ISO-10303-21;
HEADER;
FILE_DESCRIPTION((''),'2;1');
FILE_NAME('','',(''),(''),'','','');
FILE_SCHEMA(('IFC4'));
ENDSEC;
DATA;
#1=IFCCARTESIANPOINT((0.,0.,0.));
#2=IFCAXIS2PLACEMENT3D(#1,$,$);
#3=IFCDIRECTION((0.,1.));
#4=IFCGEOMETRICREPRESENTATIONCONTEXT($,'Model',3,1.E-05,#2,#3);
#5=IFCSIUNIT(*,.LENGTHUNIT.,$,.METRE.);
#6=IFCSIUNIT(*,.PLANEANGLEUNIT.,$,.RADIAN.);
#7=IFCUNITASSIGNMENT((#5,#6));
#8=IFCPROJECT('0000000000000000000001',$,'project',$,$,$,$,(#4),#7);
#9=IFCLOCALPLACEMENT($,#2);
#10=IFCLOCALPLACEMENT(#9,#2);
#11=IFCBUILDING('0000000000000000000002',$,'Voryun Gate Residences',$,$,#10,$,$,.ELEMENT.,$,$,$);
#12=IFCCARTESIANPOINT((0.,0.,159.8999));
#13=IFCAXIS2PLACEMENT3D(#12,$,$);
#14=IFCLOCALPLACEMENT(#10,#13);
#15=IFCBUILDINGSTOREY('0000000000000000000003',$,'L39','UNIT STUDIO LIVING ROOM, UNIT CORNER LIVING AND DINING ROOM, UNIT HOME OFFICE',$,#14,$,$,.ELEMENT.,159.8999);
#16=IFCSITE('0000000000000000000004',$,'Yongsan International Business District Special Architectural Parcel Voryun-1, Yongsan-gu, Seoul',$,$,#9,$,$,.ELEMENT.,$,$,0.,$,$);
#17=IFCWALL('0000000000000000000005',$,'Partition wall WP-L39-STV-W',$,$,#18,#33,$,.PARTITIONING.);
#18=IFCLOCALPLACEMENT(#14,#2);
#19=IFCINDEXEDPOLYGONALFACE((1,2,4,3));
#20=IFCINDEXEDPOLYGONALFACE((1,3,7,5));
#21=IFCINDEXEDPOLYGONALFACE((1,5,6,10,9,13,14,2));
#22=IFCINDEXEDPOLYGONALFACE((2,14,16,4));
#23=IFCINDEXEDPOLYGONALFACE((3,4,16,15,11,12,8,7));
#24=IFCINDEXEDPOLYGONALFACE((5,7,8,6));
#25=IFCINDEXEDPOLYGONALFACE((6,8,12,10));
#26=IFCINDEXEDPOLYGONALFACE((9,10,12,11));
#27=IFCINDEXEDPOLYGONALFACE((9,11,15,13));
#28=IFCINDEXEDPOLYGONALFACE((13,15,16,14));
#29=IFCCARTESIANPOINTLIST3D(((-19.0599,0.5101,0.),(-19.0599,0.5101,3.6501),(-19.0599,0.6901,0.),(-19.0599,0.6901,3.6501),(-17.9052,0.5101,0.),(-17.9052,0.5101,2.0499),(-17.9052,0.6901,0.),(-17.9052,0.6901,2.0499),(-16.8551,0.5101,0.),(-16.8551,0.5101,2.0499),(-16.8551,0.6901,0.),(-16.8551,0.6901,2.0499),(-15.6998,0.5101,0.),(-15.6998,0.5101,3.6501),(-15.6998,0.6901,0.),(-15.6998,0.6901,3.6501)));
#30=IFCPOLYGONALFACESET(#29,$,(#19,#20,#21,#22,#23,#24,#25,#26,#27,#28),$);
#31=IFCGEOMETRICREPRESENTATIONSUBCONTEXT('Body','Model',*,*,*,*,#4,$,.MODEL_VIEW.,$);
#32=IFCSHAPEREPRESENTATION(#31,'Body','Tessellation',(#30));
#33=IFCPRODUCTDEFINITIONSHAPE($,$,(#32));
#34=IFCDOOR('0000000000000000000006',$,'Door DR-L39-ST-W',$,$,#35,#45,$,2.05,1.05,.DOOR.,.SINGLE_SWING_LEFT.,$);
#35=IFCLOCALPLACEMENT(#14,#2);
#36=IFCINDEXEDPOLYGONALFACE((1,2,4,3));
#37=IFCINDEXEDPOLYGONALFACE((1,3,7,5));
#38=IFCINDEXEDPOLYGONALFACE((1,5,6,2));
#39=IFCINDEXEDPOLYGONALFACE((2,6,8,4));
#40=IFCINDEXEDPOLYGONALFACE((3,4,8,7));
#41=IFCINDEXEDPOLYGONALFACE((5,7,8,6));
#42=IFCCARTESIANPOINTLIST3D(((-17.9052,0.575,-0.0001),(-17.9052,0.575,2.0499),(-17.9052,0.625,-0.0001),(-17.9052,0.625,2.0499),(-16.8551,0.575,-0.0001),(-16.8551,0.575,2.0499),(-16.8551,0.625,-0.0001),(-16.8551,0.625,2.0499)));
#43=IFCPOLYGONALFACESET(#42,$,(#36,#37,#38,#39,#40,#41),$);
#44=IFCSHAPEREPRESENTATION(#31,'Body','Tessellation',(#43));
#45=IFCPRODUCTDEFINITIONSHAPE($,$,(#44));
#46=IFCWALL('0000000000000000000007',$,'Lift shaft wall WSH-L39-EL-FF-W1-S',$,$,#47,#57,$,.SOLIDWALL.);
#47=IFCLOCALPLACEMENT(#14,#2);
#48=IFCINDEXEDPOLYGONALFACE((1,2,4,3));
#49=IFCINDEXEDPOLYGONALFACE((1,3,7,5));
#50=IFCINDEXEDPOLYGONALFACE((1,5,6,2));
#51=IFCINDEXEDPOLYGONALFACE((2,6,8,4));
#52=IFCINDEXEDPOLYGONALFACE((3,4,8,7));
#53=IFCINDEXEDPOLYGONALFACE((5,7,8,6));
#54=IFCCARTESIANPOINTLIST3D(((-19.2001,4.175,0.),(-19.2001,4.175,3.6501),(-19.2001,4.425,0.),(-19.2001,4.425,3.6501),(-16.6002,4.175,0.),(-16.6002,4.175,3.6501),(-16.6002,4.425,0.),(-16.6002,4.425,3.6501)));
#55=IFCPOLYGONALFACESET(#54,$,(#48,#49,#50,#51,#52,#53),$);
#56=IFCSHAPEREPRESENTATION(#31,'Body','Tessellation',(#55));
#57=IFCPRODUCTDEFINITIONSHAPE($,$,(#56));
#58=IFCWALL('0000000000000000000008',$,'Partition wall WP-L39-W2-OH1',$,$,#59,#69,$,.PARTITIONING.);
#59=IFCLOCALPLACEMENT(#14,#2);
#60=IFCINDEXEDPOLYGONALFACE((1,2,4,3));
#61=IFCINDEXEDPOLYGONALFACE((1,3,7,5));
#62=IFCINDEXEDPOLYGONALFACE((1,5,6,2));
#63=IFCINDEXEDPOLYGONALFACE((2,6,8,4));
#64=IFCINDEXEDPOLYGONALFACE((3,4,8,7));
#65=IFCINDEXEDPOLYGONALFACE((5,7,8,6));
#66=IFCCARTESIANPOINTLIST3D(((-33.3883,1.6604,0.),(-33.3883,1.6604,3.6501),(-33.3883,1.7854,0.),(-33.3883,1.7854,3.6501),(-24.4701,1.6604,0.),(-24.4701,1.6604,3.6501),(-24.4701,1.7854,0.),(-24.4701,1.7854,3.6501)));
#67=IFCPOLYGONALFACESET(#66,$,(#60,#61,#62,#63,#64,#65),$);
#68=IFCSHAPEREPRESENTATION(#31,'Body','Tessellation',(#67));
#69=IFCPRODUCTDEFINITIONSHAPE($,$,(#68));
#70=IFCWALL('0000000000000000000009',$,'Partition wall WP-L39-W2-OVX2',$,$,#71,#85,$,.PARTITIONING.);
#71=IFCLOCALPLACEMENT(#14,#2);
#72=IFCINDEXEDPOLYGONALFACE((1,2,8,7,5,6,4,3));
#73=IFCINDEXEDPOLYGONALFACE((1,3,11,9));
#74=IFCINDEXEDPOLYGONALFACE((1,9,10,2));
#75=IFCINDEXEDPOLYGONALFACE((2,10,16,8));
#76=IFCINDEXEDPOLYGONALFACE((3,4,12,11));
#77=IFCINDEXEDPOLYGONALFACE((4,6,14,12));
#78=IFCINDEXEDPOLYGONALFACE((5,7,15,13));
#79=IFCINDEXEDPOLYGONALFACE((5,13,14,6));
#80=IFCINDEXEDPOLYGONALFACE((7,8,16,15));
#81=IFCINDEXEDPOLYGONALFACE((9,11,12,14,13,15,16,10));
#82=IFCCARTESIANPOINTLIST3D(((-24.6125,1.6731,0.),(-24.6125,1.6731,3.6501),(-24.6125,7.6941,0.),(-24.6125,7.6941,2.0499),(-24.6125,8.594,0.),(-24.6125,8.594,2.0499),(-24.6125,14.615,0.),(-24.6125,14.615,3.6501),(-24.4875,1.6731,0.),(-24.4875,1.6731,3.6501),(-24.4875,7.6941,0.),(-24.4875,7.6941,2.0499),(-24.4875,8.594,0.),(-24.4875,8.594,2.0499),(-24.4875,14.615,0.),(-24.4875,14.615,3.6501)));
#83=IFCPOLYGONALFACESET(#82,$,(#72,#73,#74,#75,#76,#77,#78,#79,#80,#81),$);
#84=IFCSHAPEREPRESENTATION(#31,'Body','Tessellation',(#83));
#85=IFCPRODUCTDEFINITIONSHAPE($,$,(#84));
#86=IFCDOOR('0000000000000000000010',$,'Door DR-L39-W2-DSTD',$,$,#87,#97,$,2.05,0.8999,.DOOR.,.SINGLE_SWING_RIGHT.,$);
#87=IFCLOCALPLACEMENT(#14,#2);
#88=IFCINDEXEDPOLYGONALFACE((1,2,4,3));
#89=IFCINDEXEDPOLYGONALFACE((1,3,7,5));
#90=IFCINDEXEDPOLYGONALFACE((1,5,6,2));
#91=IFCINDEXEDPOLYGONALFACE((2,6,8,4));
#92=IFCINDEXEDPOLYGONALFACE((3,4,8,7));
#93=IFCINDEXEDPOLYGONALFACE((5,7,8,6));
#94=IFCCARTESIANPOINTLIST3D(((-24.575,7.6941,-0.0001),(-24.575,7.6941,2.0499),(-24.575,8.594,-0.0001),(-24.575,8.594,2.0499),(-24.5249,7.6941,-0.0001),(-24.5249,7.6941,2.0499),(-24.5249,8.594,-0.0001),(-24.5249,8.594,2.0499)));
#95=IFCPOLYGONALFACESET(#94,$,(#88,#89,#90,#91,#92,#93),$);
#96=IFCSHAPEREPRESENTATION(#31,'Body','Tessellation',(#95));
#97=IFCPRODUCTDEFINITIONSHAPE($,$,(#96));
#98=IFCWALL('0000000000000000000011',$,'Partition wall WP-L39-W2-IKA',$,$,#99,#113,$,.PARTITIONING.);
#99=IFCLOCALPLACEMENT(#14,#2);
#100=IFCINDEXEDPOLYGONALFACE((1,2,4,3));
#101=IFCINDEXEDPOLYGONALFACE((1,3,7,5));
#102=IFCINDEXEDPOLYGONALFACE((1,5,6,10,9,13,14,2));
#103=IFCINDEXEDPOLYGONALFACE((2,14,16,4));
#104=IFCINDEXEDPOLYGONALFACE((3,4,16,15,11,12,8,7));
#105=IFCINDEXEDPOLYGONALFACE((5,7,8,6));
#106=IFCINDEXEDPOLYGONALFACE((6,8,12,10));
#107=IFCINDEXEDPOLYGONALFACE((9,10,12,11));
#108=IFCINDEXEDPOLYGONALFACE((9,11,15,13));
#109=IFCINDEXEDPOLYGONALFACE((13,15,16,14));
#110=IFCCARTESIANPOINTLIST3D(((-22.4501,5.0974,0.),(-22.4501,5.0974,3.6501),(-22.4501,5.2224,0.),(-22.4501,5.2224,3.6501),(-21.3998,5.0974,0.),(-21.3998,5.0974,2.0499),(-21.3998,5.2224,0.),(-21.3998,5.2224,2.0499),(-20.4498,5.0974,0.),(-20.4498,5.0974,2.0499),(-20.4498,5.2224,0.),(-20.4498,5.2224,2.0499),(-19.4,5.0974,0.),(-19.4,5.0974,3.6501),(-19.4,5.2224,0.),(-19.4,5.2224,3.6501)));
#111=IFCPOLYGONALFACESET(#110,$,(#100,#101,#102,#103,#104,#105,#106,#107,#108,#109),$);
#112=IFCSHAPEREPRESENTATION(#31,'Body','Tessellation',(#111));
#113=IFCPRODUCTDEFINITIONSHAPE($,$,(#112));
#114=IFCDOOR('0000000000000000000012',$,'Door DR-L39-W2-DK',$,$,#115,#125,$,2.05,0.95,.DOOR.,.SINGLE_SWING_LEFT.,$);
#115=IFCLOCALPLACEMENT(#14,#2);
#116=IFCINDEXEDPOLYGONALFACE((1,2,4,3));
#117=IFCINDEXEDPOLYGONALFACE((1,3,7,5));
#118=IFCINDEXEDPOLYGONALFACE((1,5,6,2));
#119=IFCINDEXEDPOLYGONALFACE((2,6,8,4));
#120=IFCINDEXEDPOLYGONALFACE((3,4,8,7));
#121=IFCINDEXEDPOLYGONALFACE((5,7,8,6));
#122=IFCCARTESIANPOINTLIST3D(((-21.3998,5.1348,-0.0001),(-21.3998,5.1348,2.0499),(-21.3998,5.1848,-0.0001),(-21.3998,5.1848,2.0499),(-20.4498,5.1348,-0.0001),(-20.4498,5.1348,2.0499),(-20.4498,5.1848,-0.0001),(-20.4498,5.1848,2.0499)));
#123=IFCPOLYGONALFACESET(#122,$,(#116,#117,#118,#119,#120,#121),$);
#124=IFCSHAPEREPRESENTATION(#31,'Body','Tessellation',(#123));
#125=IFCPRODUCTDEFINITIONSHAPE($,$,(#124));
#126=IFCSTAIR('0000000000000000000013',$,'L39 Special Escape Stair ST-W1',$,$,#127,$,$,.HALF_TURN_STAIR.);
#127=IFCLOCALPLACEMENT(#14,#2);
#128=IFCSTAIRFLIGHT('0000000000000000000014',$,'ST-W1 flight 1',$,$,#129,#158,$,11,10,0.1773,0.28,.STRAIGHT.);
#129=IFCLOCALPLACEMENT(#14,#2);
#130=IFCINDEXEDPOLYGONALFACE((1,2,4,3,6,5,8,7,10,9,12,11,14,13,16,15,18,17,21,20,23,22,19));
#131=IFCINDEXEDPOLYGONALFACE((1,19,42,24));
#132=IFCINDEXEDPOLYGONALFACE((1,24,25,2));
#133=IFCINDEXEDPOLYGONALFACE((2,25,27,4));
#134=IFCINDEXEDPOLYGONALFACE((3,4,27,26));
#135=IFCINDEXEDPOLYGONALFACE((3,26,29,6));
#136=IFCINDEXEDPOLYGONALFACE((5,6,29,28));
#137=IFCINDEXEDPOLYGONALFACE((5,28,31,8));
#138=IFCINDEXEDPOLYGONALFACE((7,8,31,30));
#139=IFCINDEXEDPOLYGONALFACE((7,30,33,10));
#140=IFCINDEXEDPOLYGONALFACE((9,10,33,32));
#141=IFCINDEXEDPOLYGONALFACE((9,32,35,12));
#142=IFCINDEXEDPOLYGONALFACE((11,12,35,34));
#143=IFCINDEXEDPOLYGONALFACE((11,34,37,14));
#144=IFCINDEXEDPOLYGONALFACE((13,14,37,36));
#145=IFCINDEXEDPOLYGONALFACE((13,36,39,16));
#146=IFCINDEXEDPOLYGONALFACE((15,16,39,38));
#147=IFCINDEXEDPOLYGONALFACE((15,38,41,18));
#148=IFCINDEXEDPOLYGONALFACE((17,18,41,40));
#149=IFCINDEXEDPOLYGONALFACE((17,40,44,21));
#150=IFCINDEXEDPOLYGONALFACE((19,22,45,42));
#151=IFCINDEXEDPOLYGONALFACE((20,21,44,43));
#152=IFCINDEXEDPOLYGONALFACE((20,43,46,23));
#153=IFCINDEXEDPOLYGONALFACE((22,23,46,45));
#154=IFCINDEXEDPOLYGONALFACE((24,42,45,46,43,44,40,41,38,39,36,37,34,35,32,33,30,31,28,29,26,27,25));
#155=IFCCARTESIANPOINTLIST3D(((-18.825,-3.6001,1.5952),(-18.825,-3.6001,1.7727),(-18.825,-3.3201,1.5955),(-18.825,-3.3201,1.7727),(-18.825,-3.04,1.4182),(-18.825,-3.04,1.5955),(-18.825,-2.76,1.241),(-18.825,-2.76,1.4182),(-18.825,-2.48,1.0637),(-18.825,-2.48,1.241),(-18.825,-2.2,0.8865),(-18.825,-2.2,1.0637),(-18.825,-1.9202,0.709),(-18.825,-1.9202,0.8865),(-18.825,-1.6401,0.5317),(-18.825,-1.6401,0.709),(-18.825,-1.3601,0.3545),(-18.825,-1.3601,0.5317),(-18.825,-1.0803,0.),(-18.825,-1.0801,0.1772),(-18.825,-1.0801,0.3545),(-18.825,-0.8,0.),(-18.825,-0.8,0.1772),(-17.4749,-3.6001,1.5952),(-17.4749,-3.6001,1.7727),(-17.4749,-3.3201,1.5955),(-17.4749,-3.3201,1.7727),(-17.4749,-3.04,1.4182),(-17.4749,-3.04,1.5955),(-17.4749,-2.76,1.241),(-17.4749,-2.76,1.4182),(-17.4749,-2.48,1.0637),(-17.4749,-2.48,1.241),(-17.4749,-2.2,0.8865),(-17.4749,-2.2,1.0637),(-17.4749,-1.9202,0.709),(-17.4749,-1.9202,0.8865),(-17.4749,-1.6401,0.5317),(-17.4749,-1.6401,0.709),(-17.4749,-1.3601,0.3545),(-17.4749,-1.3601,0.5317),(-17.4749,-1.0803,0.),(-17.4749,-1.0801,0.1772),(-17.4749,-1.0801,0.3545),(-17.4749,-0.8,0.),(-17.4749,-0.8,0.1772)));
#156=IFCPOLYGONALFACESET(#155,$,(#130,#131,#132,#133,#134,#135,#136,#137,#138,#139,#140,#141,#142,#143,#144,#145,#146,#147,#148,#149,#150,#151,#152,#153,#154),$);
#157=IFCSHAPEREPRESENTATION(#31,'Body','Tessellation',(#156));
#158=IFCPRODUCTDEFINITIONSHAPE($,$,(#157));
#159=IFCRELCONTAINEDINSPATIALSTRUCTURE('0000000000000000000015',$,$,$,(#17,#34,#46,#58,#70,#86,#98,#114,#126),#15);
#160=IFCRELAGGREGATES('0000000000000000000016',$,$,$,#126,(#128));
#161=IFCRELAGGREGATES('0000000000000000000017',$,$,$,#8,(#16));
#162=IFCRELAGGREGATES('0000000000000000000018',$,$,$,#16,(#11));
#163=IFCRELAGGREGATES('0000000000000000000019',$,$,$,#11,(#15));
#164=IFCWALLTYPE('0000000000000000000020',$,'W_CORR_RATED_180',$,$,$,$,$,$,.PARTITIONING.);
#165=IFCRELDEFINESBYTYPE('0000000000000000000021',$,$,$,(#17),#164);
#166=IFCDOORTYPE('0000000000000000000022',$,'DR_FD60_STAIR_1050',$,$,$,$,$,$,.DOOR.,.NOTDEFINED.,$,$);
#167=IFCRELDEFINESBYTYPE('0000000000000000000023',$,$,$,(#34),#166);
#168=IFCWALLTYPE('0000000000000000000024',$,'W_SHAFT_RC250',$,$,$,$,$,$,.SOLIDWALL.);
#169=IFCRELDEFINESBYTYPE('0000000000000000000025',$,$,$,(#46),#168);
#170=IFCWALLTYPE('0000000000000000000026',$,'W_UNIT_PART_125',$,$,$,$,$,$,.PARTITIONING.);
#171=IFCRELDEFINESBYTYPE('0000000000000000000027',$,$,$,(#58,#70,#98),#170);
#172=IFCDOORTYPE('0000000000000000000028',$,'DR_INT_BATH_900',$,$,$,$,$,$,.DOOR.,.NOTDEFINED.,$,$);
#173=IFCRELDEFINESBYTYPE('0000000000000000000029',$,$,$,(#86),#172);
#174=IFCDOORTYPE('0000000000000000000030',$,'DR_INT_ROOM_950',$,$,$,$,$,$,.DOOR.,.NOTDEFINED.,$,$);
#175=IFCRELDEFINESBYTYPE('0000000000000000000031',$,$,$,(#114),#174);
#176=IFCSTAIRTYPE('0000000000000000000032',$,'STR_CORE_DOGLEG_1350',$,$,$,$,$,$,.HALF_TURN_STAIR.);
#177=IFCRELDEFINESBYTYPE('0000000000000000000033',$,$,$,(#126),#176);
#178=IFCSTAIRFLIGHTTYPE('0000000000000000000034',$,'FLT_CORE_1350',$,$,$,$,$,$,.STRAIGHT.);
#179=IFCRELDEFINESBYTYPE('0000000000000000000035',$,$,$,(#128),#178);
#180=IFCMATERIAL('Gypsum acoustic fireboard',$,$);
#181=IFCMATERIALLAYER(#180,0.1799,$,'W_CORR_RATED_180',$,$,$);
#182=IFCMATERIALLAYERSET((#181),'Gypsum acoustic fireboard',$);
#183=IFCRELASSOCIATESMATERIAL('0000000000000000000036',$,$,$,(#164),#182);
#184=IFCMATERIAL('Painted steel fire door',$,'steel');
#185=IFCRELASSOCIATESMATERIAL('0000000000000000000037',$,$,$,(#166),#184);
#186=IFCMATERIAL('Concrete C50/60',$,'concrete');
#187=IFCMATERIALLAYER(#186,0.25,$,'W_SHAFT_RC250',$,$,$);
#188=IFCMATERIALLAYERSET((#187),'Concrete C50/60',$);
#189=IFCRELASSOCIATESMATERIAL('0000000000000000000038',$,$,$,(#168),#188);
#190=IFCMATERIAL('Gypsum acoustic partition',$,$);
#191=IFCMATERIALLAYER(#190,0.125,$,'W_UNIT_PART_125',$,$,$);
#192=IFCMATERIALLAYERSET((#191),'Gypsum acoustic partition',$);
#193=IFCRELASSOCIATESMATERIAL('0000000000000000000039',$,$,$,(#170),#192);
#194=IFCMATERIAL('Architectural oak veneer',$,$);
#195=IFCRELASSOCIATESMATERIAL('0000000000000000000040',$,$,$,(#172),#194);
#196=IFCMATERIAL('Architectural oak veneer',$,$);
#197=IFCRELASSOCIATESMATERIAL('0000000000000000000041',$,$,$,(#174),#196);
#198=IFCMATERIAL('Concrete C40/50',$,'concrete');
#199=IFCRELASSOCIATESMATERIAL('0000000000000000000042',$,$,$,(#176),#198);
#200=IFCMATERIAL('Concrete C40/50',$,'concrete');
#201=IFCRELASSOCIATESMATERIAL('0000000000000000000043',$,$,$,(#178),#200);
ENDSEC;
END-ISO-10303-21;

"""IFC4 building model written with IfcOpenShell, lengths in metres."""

from ifc_helpers import new_model, si_unit, direction, frame, frame_2d, origin, place, context, subcontext, project, spatial, polyline, rectangle, outline, extrude, material, layer, layer_set, type_object, element, fill, aggregate, save


model = new_model("IFC4")

# Units and contexts
model_context = context("Model", 3, precision=1e-05, world=origin(), true_north=direction((0.0, 1.0)))
body_context = subcontext(model_context, "Body", "Model", "MODEL_VIEW")
ifc_project = project(units=[si_unit("LENGTHUNIT", "METRE"), si_unit("PLANEANGLEUNIT", "RADIAN")], contexts=[model_context])

# Site, building, storey
site_placement = place(None, origin())
site = spatial("IfcSite", under=ifc_project, at=site_placement, Name="Yongsan International Business District Special Architectural Parcel Voryun-1, Yongsan-gu, Seoul", CompositionType="ELEMENT", RefElevation=0.0)
building_placement = place(site_placement, origin())
building = spatial("IfcBuilding", under=site, at=building_placement, Name="Voryun Gate Residences", CompositionType="ELEMENT")
storey_placement = place(building_placement, frame((0.0, 0.0, 159.8999)))
storey = spatial("IfcBuildingStorey", under=building, at=storey_placement, Name="L39", Description="UNIT STUDIO LIVING ROOM, UNIT CORNER LIVING AND DINING ROOM, UNIT HOME OFFICE", CompositionType="ELEMENT", Elevation=159.8999)

# Wall, opening, door
ifc_material_1 = material(Name="Gypsum acoustic fireboard")
ifc_layer_1 = layer(ifc_material_1, 0.1799, Name="W_CORR_RATED_180")
ifc_layer_set_1 = layer_set([ifc_layer_1], Name="Gypsum acoustic fireboard")
wall_type_1 = type_object("IfcWallType", Name="W_CORR_RATED_180", PredefinedType="PARTITIONING", material=ifc_layer_set_1)
wall_1_placement = place(storey_placement, frame((-19.0601, 0.6001, 0.0), z_axis=(0.0, 0.0, 1.0), x_axis=(1.0, 0.0, 0.0)))
wall_1 = element("IfcWall", 1, at=wall_1_placement, inside=storey, type_object=wall_type_1, Name="Partition wall WP-L39-STV-W", PredefinedType="PARTITIONING", context=body_context, shape_type="SweptSolid", body=[
    extrude(rectangle(XDim=3.3601, YDim=0.1799, at=frame_2d((1.6802, 0.0))), origin(), (0.0, 0.0, 1.0), 3.6501),
])
opening_1_placement = place(wall_1_placement, frame((1.155, 0.0, 0.0)))
opening_1 = element("IfcOpeningElement", 2, at=opening_1_placement, cuts=wall_1, PredefinedType="OPENING", context=body_context, shape_type="SweptSolid", body=[
    extrude(rectangle(XDim=1.05, YDim=2.05, at=frame_2d((0.5249, 1.0249))), frame((0.0, 0.0999, 0.0), z_axis=(0.0, -1.0, 0.0), x_axis=(1.0, 0.0, 0.0)), (0.0, 0.0, 1.0), 0.2),
])
ifc_material_2 = material(Name="Painted steel fire door", Category="steel")
door_type_1 = type_object("IfcDoorType", Name="DR_FD60_STAIR_1050", OperationType="NOTDEFINED", PredefinedType="DOOR", material=ifc_material_2)
door_1_placement = place(opening_1_placement, origin())
door_1 = element("IfcDoor", 3, at=door_1_placement, inside=storey, type_object=door_type_1, Name="Door DR-L39-ST-W", OperationType="SINGLE_SWING_LEFT", OverallHeight=2.05, OverallWidth=1.05, PredefinedType="DOOR", context=body_context, shape_type="SweptSolid", body=[
    extrude(rectangle(XDim=1.05, YDim=2.05, at=frame_2d((0.5249, 1.0249))), frame((0.0, 0.0249, 0.0), z_axis=(0.0, -1.0, 0.0), x_axis=(1.0, 0.0, 0.0)), (0.0, 0.0, 1.0), 0.05),
])
fill(opening_1, door_1)

# Walls
ifc_material_3 = material(Name="Concrete C50/60", Category="concrete")
ifc_layer_2 = layer(ifc_material_3, 0.25, Name="W_SHAFT_RC250")
ifc_layer_set_2 = layer_set([ifc_layer_2], Name="Concrete C50/60")
wall_type_2 = type_object("IfcWallType", Name="W_SHAFT_RC250", PredefinedType="SOLIDWALL", material=ifc_layer_set_2)
wall_2_placement = place(storey_placement, frame((-19.2, 4.3, 0.0), z_axis=(0.0, 0.0, 1.0), x_axis=(1.0, 0.0, 0.0)))
element("IfcWall", 4, at=wall_2_placement, inside=storey, type_object=wall_type_2, Name="Lift shaft wall WSH-L39-EL-FF-W1-S", PredefinedType="SOLIDWALL", context=body_context, shape_type="SweptSolid", body=[
    extrude(rectangle(XDim=2.5999, YDim=0.25, at=frame_2d((1.2998, 0.0))), origin(), (0.0, 0.0, 1.0), 3.6501),
])
ifc_material_4 = material(Name="Gypsum acoustic partition")
ifc_layer_3 = layer(ifc_material_4, 0.125, Name="W_UNIT_PART_125")
ifc_layer_set_3 = layer_set([ifc_layer_3], Name="Gypsum acoustic partition")
wall_type_3 = type_object("IfcWallType", Name="W_UNIT_PART_125", PredefinedType="PARTITIONING", material=ifc_layer_set_3)
wall_3_placement = place(storey_placement, frame((-33.3882, 1.7229, 0.0), z_axis=(0.0, 0.0, 1.0), x_axis=(1.0, 0.0, 0.0)))
element("IfcWall", 5, at=wall_3_placement, inside=storey, type_object=wall_type_3, Name="Partition wall WP-L39-W2-OH1", PredefinedType="PARTITIONING", context=body_context, shape_type="SweptSolid", body=[
    extrude(rectangle(XDim=8.9182, YDim=0.125, at=frame_2d((4.459, 0.0))), origin(), (0.0, 0.0, 1.0), 3.6501),
])

# Walls, openings, doors
wall_4_placement = place(storey_placement, frame((-24.55, 1.6731, 0.0), z_axis=(0.0, 0.0, 1.0), x_axis=(0.0, 1.0, 0.0)))
wall_4 = element("IfcWall", 6, at=wall_4_placement, inside=storey, type_object=wall_type_3, Name="Partition wall WP-L39-W2-OVX2", PredefinedType="PARTITIONING", context=body_context, shape_type="SweptSolid", body=[
    extrude(rectangle(XDim=12.9419, YDim=0.125, at=frame_2d((6.4709, 0.0))), origin(), (0.0, 0.0, 1.0), 3.6501),
])
opening_2_placement = place(wall_4_placement, frame((6.021, 0.0, 0.0)))
opening_2 = element("IfcOpeningElement", 7, at=opening_2_placement, cuts=wall_4, PredefinedType="OPENING", context=body_context, shape_type="SweptSolid", body=[
    extrude(rectangle(XDim=0.8999, YDim=2.05, at=frame_2d((0.45, 1.0249))), frame((0.0, 0.0725, 0.0), z_axis=(0.0, -1.0, 0.0), x_axis=(1.0, 0.0, 0.0)), (0.0, 0.0, 1.0), 0.145),
])
ifc_material_5 = material(Name="Architectural oak veneer")
door_type_2 = type_object("IfcDoorType", Name="DR_INT_BATH_900", OperationType="NOTDEFINED", PredefinedType="DOOR", material=ifc_material_5)
door_2_placement = place(opening_2_placement, origin())
door_2 = element("IfcDoor", 8, at=door_2_placement, inside=storey, type_object=door_type_2, Name="Door DR-L39-W2-DSTD", OperationType="SINGLE_SWING_RIGHT", OverallHeight=2.05, OverallWidth=0.8999, PredefinedType="DOOR", context=body_context, shape_type="SweptSolid", body=[
    extrude(rectangle(XDim=0.8999, YDim=2.05, at=frame_2d((0.45, 1.0249))), frame((0.0, 0.0249, 0.0), z_axis=(0.0, -1.0, 0.0), x_axis=(1.0, 0.0, 0.0)), (0.0, 0.0, 1.0), 0.05),
])
fill(opening_2, door_2)
wall_5_placement = place(storey_placement, frame((-22.45, 5.1599, 0.0), z_axis=(0.0, 0.0, 1.0), x_axis=(1.0, 0.0, 0.0)))
wall_5 = element("IfcWall", 9, at=wall_5_placement, inside=storey, type_object=wall_type_3, Name="Partition wall WP-L39-W2-IKA", PredefinedType="PARTITIONING", context=body_context, shape_type="SweptSolid", body=[
    extrude(rectangle(XDim=3.05, YDim=0.125, at=frame_2d((1.5249, 0.0))), origin(), (0.0, 0.0, 1.0), 3.6501),
])
opening_3_placement = place(wall_5_placement, frame((1.05, 0.0, 0.0)))
opening_3 = element("IfcOpeningElement", 10, at=opening_3_placement, cuts=wall_5, PredefinedType="OPENING", context=body_context, shape_type="SweptSolid", body=[
    extrude(rectangle(XDim=0.95, YDim=2.05, at=frame_2d((0.4751, 1.0249))), frame((0.0, 0.0725, 0.0), z_axis=(0.0, -1.0, 0.0), x_axis=(1.0, 0.0, 0.0)), (0.0, 0.0, 1.0), 0.145),
])
ifc_material_6 = material(Name="Architectural oak veneer")
door_type_3 = type_object("IfcDoorType", Name="DR_INT_ROOM_950", OperationType="NOTDEFINED", PredefinedType="DOOR", material=ifc_material_6)
door_3_placement = place(opening_3_placement, origin())
door_3 = element("IfcDoor", 11, at=door_3_placement, inside=storey, type_object=door_type_3, Name="Door DR-L39-W2-DK", OperationType="SINGLE_SWING_LEFT", OverallHeight=2.05, OverallWidth=0.95, PredefinedType="DOOR", context=body_context, shape_type="SweptSolid", body=[
    extrude(rectangle(XDim=0.95, YDim=2.05, at=frame_2d((0.4751, 1.0249))), frame((0.0, 0.0249, 0.0), z_axis=(0.0, -1.0, 0.0), x_axis=(1.0, 0.0, 0.0)), (0.0, 0.0, 1.0), 0.05),
])
fill(opening_3, door_3)

# Stair, stair flight
ifc_material_7 = material(Name="Concrete C40/50", Category="concrete")
stair_type = type_object("IfcStairType", Name="STR_CORE_DOGLEG_1350", PredefinedType="HALF_TURN_STAIR", material=ifc_material_7)
stair_placement = place(storey_placement, origin())
stair = element("IfcStair", 12, at=stair_placement, inside=storey, type_object=stair_type, Name="L39 Special Escape Stair ST-W1", PredefinedType="HALF_TURN_STAIR")
ifc_material_8 = material(Name="Concrete C40/50", Category="concrete")
stair_flight_type = type_object("IfcStairFlightType", Name="FLT_CORE_1350", PredefinedType="STRAIGHT", material=ifc_material_8)
stair_flight_placement = place(storey_placement, frame((-18.1499, -0.8, 0.0), z_axis=(0.0, 0.0, 1.0), x_axis=(0.0, -1.0, 0.0)))
stair_flight = element("IfcStairFlight", 13, at=stair_flight_placement, type_object=stair_flight_type, Name="ST-W1 flight 1", NumberOfRisers=11, NumberOfTreads=10, PredefinedType="STRAIGHT", RiserHeight=0.1773, TreadLength=0.28, context=body_context, shape_type="SweptSolid", body=[
    extrude(outline(polyline([(0.0, 0.0), (0.0, 0.1772), (0.28, 0.1772), (0.28, 0.3545), (0.5601, 0.3545), (0.5601, 0.5317), (0.8401, 0.5317), (0.8401, 0.709), (1.1201, 0.709), (1.1201, 0.8865), (1.3999, 0.8865), (1.3999, 1.0637), (1.6799, 1.0637), (1.6799, 1.241), (1.96, 1.241), (1.96, 1.4182), (2.24, 1.4182), (2.24, 1.5955), (2.52, 1.5955), (2.52, 1.7727), (2.8, 1.7727), (2.8, 1.95), (2.8, 1.5952), (0.2803, 0.0), (0.0, 0.0)])), frame((0.0, 0.675, 0.0), z_axis=(0.0, -1.0, 0.0), x_axis=(1.0, 0.0, 0.0)), (0.0, 0.0, 1.0), 1.3501),
])
aggregate(stair, [stair_flight])

save(model, "model.ifc")
